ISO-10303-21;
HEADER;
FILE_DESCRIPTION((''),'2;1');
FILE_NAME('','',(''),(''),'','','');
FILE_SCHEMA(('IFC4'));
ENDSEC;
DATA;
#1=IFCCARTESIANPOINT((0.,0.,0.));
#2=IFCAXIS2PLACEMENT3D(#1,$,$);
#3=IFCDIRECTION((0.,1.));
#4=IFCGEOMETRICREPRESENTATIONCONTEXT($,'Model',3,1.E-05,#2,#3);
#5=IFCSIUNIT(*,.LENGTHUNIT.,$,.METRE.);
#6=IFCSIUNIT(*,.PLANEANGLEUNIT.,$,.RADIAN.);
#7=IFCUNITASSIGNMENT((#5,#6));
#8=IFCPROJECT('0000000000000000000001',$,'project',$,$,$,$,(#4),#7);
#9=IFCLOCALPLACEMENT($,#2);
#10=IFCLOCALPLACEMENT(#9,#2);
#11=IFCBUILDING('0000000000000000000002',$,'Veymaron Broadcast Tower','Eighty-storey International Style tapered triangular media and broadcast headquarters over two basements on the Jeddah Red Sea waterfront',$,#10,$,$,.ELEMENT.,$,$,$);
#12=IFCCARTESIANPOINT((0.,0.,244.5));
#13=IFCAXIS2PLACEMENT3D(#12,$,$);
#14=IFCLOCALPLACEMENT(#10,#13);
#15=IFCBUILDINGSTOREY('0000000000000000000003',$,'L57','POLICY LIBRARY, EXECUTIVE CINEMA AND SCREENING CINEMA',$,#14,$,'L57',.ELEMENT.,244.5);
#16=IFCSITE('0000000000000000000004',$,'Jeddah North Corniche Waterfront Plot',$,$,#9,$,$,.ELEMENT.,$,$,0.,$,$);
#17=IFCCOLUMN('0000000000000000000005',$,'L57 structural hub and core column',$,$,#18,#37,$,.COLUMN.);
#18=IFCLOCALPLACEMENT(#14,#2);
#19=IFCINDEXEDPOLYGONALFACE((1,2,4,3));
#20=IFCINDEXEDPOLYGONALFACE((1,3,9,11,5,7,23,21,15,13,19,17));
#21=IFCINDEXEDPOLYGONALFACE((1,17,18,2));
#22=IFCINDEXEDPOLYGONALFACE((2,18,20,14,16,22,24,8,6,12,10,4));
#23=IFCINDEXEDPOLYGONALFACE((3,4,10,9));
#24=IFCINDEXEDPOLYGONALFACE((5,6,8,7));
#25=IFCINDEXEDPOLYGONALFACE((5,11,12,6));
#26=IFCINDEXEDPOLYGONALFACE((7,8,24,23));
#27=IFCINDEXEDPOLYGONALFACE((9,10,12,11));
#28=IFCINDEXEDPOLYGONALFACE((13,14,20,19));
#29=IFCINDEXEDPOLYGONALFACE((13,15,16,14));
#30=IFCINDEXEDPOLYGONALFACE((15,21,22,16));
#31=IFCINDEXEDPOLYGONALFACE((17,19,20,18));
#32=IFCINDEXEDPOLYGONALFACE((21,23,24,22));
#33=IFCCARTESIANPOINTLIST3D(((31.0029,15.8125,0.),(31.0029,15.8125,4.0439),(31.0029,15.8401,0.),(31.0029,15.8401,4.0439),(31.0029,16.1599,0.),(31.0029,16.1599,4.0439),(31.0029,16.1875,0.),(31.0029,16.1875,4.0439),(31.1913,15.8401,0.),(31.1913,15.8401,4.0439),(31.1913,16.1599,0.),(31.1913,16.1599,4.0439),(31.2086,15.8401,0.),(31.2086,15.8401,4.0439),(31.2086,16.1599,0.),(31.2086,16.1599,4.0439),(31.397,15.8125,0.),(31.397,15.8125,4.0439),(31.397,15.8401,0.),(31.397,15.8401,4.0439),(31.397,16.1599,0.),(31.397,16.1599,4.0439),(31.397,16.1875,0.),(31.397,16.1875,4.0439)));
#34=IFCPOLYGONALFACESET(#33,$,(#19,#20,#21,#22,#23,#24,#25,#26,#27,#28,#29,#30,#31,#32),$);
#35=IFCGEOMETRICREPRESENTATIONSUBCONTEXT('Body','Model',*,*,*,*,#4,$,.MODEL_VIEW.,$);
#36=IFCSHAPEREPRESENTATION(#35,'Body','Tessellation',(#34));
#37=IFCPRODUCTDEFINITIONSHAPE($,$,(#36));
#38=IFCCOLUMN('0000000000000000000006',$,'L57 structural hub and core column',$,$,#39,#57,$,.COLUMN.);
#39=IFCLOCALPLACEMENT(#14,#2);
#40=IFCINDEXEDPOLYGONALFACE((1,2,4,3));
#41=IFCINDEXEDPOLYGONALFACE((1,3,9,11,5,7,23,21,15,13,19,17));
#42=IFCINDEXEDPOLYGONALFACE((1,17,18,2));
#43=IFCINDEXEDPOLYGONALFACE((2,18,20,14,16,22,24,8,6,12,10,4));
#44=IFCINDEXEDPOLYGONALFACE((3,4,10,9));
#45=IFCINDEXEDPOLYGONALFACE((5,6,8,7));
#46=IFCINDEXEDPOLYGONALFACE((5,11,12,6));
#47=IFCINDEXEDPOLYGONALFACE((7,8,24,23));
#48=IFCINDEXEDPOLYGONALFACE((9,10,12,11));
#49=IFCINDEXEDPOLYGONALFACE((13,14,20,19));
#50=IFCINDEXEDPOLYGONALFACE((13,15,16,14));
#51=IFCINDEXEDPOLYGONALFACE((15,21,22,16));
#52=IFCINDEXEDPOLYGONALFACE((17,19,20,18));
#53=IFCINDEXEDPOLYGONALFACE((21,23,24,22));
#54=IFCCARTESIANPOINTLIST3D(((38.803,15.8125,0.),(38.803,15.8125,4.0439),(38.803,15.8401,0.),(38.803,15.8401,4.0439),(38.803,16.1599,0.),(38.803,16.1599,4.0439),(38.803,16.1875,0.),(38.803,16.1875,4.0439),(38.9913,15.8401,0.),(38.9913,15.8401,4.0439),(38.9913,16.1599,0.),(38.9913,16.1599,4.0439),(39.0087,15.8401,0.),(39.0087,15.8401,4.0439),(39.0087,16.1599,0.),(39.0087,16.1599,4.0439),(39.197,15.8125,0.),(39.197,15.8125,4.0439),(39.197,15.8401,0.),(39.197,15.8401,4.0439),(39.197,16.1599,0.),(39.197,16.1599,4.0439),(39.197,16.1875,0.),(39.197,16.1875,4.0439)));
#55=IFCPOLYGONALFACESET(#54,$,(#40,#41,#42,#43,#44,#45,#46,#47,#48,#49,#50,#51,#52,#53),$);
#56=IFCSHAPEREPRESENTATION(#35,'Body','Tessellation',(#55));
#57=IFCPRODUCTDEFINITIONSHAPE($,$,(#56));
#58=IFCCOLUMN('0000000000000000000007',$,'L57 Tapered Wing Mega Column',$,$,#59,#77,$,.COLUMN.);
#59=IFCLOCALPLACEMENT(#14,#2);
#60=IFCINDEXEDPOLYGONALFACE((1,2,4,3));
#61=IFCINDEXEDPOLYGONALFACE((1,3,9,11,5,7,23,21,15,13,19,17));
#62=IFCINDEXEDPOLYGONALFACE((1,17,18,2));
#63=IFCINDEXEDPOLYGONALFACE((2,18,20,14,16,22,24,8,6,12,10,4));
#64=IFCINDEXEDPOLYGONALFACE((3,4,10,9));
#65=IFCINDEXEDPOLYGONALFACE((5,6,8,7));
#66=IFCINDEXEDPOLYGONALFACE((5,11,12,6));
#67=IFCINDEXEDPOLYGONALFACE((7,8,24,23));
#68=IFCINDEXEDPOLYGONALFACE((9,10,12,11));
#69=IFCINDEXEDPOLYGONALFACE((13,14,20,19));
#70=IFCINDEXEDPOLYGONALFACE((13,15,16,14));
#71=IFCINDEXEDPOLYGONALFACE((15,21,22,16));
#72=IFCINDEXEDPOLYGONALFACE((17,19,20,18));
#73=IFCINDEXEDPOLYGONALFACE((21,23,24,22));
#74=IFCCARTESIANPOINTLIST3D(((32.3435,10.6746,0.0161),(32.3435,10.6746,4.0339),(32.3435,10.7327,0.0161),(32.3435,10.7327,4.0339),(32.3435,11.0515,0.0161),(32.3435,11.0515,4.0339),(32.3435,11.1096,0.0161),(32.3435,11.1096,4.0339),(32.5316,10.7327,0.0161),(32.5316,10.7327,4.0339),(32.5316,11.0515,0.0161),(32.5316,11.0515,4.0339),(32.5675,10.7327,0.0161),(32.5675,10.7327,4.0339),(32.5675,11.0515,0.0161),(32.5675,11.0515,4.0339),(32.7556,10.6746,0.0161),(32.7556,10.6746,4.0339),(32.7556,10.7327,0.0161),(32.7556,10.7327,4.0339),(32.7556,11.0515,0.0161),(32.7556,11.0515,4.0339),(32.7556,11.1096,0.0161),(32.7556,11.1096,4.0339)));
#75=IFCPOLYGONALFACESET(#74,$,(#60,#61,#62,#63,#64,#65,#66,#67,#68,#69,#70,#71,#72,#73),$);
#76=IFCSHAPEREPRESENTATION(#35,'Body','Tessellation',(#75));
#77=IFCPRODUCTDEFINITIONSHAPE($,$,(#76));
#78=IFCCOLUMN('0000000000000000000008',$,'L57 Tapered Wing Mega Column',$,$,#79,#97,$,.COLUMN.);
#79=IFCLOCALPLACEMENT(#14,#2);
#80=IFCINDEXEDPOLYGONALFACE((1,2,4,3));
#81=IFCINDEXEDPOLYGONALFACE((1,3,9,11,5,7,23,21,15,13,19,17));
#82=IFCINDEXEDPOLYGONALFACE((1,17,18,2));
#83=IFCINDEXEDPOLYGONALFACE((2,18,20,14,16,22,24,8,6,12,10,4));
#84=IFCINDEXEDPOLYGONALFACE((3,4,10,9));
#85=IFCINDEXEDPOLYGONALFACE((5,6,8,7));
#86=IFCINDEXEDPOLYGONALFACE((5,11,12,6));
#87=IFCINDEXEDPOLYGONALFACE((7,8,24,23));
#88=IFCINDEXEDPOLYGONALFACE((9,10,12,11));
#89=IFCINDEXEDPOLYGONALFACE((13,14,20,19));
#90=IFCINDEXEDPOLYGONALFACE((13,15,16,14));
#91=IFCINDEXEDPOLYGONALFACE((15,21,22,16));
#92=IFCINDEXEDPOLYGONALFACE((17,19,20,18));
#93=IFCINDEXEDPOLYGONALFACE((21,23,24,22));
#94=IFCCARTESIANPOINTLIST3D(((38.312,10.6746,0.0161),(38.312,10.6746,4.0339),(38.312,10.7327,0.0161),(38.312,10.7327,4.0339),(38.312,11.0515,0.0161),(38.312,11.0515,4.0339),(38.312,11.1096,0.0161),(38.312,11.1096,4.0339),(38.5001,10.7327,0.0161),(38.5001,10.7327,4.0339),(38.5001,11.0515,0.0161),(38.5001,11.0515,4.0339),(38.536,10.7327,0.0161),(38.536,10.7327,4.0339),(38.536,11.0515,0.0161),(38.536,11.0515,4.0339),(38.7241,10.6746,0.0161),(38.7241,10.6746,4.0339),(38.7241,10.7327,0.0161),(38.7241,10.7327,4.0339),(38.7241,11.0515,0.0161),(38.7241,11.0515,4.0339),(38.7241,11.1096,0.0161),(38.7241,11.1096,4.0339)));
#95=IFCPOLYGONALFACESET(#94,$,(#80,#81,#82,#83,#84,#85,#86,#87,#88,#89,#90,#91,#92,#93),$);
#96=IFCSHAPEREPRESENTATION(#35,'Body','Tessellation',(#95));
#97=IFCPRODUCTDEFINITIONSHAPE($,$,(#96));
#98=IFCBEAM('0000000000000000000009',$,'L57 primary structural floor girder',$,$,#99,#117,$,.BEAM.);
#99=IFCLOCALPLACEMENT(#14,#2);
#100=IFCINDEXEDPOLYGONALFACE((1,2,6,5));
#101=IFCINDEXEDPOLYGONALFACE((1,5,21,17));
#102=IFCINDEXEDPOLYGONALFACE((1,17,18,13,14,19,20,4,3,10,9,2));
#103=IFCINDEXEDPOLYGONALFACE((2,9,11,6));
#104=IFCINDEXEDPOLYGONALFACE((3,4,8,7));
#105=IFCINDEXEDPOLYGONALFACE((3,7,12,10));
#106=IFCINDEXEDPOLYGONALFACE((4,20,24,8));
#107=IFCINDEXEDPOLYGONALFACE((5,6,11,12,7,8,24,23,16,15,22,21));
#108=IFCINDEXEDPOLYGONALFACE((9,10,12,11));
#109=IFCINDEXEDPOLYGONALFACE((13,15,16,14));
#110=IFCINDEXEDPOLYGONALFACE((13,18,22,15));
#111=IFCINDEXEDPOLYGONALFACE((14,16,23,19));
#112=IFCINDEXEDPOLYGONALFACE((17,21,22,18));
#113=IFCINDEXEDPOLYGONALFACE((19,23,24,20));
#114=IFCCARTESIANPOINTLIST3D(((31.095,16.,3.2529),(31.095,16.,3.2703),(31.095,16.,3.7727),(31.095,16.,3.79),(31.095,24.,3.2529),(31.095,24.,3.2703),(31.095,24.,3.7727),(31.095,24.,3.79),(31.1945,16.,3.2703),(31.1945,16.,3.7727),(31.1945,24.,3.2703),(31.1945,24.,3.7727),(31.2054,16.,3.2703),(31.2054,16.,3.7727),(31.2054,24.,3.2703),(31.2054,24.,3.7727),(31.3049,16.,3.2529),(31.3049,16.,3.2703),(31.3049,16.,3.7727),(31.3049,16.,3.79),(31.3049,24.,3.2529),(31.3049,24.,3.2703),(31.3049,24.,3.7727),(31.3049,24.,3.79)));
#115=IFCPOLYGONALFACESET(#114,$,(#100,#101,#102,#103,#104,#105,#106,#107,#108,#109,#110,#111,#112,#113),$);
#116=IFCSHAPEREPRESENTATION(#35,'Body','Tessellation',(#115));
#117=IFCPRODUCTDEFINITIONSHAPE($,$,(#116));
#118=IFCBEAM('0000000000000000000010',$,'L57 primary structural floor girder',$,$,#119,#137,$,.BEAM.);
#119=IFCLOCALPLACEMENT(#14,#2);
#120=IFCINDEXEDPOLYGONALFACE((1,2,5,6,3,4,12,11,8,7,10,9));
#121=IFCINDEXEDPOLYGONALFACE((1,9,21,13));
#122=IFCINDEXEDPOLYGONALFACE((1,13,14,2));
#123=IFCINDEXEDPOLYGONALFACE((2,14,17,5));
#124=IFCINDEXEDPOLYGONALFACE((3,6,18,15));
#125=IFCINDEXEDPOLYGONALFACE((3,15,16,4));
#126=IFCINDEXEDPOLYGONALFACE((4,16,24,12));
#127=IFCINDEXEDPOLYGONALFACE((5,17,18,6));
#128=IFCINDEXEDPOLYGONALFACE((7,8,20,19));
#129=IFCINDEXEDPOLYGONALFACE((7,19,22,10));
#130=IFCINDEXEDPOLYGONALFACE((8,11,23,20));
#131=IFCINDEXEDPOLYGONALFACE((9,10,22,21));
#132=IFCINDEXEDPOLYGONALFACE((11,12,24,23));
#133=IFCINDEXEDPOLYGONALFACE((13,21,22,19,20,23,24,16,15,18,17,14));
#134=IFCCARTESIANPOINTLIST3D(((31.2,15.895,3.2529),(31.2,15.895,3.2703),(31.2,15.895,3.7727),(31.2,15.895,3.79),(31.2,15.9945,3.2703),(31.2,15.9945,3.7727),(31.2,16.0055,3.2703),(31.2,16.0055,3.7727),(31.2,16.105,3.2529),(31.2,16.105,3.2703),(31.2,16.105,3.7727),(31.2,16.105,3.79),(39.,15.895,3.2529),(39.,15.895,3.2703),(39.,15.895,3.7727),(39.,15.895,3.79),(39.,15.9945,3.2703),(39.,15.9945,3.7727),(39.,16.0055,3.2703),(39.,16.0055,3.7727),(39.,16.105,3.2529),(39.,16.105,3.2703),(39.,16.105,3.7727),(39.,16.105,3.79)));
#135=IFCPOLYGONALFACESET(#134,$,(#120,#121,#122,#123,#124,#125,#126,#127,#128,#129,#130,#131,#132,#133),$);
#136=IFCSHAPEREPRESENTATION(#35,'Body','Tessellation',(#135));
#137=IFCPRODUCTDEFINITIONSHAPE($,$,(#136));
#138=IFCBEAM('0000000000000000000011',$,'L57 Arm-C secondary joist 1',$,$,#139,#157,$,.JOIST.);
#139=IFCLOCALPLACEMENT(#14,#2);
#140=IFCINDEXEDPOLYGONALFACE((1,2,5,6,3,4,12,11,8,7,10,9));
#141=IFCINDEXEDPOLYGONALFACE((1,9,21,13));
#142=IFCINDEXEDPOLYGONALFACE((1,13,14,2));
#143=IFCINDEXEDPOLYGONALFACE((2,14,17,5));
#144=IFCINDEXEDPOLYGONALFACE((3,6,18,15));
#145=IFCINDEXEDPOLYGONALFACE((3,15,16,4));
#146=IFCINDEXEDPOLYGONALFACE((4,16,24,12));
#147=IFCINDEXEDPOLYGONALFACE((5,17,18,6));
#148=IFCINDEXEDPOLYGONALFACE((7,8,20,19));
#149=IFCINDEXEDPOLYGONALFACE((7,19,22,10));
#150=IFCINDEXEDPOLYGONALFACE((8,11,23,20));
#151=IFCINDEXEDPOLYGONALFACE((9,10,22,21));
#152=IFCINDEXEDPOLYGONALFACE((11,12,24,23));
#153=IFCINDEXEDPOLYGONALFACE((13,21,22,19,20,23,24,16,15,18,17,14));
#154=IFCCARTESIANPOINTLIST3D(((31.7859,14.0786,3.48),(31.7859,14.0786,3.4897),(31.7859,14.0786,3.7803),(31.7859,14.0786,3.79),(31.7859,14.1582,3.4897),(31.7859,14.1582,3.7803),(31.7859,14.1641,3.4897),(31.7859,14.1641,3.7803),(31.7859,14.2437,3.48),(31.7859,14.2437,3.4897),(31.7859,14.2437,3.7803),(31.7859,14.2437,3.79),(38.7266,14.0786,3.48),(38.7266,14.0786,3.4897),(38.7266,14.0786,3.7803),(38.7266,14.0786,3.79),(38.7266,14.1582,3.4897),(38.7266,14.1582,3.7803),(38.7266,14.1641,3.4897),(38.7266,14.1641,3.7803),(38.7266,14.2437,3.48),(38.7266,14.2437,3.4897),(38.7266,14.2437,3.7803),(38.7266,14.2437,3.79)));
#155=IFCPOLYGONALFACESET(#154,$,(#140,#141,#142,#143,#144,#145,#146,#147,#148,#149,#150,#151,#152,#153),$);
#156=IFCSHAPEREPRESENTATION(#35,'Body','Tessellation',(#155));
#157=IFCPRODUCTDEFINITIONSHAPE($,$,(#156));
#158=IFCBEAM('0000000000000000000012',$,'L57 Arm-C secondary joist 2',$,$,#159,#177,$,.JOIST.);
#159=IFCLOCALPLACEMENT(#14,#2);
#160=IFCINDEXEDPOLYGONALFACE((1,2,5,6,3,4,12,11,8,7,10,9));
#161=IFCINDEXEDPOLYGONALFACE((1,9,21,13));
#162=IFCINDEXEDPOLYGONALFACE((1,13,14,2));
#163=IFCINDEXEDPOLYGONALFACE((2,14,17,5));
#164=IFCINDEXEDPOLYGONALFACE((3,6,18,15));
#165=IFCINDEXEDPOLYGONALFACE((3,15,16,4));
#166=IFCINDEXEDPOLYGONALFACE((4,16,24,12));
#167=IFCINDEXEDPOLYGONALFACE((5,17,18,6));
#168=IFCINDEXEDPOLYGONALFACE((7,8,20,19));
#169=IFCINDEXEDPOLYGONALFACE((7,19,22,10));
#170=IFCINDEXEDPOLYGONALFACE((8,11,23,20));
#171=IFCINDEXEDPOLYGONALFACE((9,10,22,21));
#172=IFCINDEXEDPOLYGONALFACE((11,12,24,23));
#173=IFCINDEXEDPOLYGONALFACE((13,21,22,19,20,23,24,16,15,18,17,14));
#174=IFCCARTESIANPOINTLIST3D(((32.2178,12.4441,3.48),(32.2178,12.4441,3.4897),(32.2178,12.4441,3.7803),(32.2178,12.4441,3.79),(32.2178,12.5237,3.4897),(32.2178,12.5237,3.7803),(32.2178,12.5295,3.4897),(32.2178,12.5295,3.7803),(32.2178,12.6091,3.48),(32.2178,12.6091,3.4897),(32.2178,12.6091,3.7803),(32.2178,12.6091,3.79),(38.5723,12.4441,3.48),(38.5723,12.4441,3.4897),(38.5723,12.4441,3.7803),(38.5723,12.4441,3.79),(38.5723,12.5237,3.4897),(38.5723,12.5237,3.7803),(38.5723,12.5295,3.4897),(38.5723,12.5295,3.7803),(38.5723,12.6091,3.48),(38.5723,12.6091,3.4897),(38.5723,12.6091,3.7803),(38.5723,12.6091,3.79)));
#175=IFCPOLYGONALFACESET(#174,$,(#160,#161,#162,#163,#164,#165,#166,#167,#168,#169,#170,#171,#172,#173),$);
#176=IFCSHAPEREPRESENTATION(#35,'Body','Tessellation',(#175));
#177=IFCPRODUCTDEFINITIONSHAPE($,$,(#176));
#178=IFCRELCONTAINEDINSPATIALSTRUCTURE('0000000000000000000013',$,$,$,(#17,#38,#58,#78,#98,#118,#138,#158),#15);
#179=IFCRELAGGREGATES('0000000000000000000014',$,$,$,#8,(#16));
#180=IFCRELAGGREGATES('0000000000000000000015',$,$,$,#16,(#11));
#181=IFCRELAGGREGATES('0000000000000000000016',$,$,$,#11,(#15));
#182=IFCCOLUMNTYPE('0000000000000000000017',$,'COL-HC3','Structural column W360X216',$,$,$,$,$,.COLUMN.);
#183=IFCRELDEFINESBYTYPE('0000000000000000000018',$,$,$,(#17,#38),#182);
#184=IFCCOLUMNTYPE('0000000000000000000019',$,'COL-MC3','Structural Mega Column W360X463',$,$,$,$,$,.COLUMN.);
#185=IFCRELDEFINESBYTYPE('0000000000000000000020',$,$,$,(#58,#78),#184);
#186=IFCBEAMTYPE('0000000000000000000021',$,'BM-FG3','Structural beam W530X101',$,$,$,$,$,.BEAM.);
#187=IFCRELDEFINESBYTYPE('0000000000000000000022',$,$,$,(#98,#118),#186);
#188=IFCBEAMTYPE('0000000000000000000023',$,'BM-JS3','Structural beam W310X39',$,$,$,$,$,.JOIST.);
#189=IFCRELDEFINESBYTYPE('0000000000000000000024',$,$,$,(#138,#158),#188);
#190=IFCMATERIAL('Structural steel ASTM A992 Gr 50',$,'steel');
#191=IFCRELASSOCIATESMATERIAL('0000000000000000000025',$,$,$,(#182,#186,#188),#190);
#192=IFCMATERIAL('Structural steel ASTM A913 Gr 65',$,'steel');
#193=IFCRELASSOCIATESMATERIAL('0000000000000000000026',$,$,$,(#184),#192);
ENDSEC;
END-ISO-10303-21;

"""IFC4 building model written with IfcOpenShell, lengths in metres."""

from ifc_helpers import new_model, si_unit, direction, frame, origin, origin_2d, place, context, subcontext, project, spatial, i_section, extrude, material, material_profile, profile_set, type_object, element, save


model = new_model("IFC4")

# Units and contexts
model_context = context("Model", 3, precision=1e-05, world=origin(), true_north=direction((0.0, 1.0)))
body_context = subcontext(model_context, "Body", "Model", "MODEL_VIEW")
ifc_project = project(units=[si_unit("LENGTHUNIT", "METRE"), si_unit("PLANEANGLEUNIT", "RADIAN")], contexts=[model_context])

# Site, building, storey
site_placement = place(None, origin())
site = spatial("IfcSite", under=ifc_project, at=site_placement, Name="Jeddah North Corniche Waterfront Plot", CompositionType="ELEMENT", RefElevation=0.0)
building_placement = place(site_placement, origin())
building = spatial("IfcBuilding", under=site, at=building_placement, Name="Veymaron Broadcast Tower", Description="Eighty-storey International Style tapered triangular media and broadcast headquarters over two basements on the Jeddah Red Sea waterfront", CompositionType="ELEMENT")
storey_placement = place(building_placement, frame((0.0, 0.0, 244.5)))
storey = spatial("IfcBuildingStorey", under=building, at=storey_placement, Name="L57", Description="POLICY LIBRARY, EXECUTIVE CINEMA AND SCREENING CINEMA", LongName="L57", CompositionType="ELEMENT", Elevation=244.5)

# Columns
ifc_material_1 = material(Name="Structural steel ASTM A992 Gr 50", Category="steel")
ifc_material_profile_1 = material_profile(ifc_material_1, i_section(OverallWidth=0.394, OverallDepth=0.375, WebThickness=0.0173, FlangeThickness=0.0276, at=origin_2d()), Name="W360X216")
ifc_profile_set_1 = profile_set([ifc_material_profile_1], Name="Structural steel ASTM A992 Gr 50")
column_type_1 = type_object("IfcColumnType", Name="COL-HC3", Description="Structural column W360X216", PredefinedType="COLUMN", material=ifc_profile_set_1)
for number, where, z_axis, x_axis, name in (
    (1, (31.2, 16.0, 0.0), (0.0, 0.0, 1.0), (1.0, 0.0, 0.0), "L57 structural hub and core column"),
    (2, (39.0, 16.0, 0.0), (0.0, 0.0, 1.0), (1.0, 0.0, 0.0), "L57 structural hub and core column"),
):
    element("IfcColumn", number, at=place(storey_placement, frame(where, z_axis=z_axis, x_axis=x_axis)), inside=storey, type_object=column_type_1, Name=name, PredefinedType="COLUMN", context=body_context, shape_type="SweptSolid", body=[
        extrude(i_section(OverallWidth=0.394, OverallDepth=0.375, WebThickness=0.0173, FlangeThickness=0.0276, at=origin_2d()), origin(), (0.0, 0.0, 1.0), 4.0439),
    ])
ifc_material_2 = material(Name="Structural steel ASTM A913 Gr 65", Category="steel")
ifc_material_profile_2 = material_profile(ifc_material_2, i_section(OverallWidth=0.4121, OverallDepth=0.4351, WebThickness=0.0359, FlangeThickness=0.0581, at=origin_2d()), Name="W360X463")
ifc_profile_set_2 = profile_set([ifc_material_profile_2], Name="Structural steel ASTM A913 Gr 65")
column_type_2 = type_object("IfcColumnType", Name="COL-MC3", Description="Structural Mega Column W360X463", PredefinedType="COLUMN", material=ifc_profile_set_2)
for number, where, z_axis, x_axis, name in (
    (3, (32.5496, 10.8921, 0.0161), (0.0, 0.0, 1.0), (1.0, 0.0, 0.0), "L57 Tapered Wing Mega Column"),
    (4, (38.5181, 10.8921, 0.0161), (0.0, 0.0, 1.0), (1.0, 0.0, 0.0), "L57 Tapered Wing Mega Column"),
):
    element("IfcColumn", number, at=place(storey_placement, frame(where, z_axis=z_axis, x_axis=x_axis)), inside=storey, type_object=column_type_2, Name=name, PredefinedType="COLUMN", context=body_context, shape_type="SweptSolid", body=[
        extrude(i_section(OverallWidth=0.4121, OverallDepth=0.4351, WebThickness=0.0359, FlangeThickness=0.0581, at=origin_2d()), origin(), (0.0, 0.0, 1.0), 4.0178),
    ])

# Beams
ifc_material_profile_3 = material_profile(ifc_material_1, i_section(OverallWidth=0.21, OverallDepth=0.5371, WebThickness=0.011, FlangeThickness=0.0173, at=origin_2d()), Name="W530X101")
ifc_profile_set_3 = profile_set([ifc_material_profile_3], Name="Structural steel ASTM A992 Gr 50")
beam_type_1 = type_object("IfcBeamType", Name="BM-FG3", Description="Structural beam W530X101", PredefinedType="BEAM", material=ifc_profile_set_3)
beam_1_placement = place(storey_placement, frame((31.2, 16.0, 3.5215), z_axis=(0.0, 1.0, 0.0), x_axis=(-1.0, 0.0, 0.0)))
element("IfcBeam", 5, at=beam_1_placement, inside=storey, type_object=beam_type_1, Name="L57 primary structural floor girder", PredefinedType="BEAM", context=body_context, shape_type="SweptSolid", body=[
    extrude(i_section(OverallWidth=0.21, OverallDepth=0.5371, WebThickness=0.011, FlangeThickness=0.0173, at=origin_2d()), origin(), (0.0, 0.0, 1.0), 8.0),
])
beam_2_placement = place(storey_placement, frame((31.2, 16.0, 3.5215), z_axis=(1.0, 0.0, 0.0), x_axis=(0.0, 1.0, 0.0)))
element("IfcBeam", 6, at=beam_2_placement, inside=storey, type_object=beam_type_1, Name="L57 primary structural floor girder", PredefinedType="BEAM", context=body_context, shape_type="SweptSolid", body=[
    extrude(i_section(OverallWidth=0.21, OverallDepth=0.5371, WebThickness=0.011, FlangeThickness=0.0173, at=origin_2d()), origin(), (0.0, 0.0, 1.0), 7.8),
])
ifc_material_profile_4 = material_profile(ifc_material_1, i_section(OverallWidth=0.165, OverallDepth=0.3101, WebThickness=0.0059, FlangeThickness=0.0098, at=origin_2d()), Name="W310X39")
ifc_profile_set_4 = profile_set([ifc_material_profile_4], Name="Structural steel ASTM A992 Gr 50")
beam_type_2 = type_object("IfcBeamType", Name="BM-JS3", Description="Structural beam W310X39", PredefinedType="JOIST", material=ifc_profile_set_4)
beam_3_placement = place(storey_placement, frame((31.7859, 14.1611, 3.635), z_axis=(1.0, 0.0, 0.0), x_axis=(0.0, 1.0, 0.0)))
element("IfcBeam", 7, at=beam_3_placement, inside=storey, type_object=beam_type_2, Name="L57 Arm-C secondary joist 1", PredefinedType="JOIST", context=body_context, shape_type="SweptSolid", body=[
    extrude(i_section(OverallWidth=0.165, OverallDepth=0.3101, WebThickness=0.0059, FlangeThickness=0.0098, at=origin_2d()), origin(), (0.0, 0.0, 1.0), 6.9407),
])
beam_4_placement = place(storey_placement, frame((32.2178, 12.5266, 3.635), z_axis=(1.0, 0.0, 0.0), x_axis=(0.0, 1.0, 0.0)))
element("IfcBeam", 8, at=beam_4_placement, inside=storey, type_object=beam_type_2, Name="L57 Arm-C secondary joist 2", PredefinedType="JOIST", context=body_context, shape_type="SweptSolid", body=[
    extrude(i_section(OverallWidth=0.165, OverallDepth=0.3101, WebThickness=0.0059, FlangeThickness=0.0098, at=origin_2d()), origin(), (0.0, 0.0, 1.0), 6.3545),
])

save(model, "model.ifc")
